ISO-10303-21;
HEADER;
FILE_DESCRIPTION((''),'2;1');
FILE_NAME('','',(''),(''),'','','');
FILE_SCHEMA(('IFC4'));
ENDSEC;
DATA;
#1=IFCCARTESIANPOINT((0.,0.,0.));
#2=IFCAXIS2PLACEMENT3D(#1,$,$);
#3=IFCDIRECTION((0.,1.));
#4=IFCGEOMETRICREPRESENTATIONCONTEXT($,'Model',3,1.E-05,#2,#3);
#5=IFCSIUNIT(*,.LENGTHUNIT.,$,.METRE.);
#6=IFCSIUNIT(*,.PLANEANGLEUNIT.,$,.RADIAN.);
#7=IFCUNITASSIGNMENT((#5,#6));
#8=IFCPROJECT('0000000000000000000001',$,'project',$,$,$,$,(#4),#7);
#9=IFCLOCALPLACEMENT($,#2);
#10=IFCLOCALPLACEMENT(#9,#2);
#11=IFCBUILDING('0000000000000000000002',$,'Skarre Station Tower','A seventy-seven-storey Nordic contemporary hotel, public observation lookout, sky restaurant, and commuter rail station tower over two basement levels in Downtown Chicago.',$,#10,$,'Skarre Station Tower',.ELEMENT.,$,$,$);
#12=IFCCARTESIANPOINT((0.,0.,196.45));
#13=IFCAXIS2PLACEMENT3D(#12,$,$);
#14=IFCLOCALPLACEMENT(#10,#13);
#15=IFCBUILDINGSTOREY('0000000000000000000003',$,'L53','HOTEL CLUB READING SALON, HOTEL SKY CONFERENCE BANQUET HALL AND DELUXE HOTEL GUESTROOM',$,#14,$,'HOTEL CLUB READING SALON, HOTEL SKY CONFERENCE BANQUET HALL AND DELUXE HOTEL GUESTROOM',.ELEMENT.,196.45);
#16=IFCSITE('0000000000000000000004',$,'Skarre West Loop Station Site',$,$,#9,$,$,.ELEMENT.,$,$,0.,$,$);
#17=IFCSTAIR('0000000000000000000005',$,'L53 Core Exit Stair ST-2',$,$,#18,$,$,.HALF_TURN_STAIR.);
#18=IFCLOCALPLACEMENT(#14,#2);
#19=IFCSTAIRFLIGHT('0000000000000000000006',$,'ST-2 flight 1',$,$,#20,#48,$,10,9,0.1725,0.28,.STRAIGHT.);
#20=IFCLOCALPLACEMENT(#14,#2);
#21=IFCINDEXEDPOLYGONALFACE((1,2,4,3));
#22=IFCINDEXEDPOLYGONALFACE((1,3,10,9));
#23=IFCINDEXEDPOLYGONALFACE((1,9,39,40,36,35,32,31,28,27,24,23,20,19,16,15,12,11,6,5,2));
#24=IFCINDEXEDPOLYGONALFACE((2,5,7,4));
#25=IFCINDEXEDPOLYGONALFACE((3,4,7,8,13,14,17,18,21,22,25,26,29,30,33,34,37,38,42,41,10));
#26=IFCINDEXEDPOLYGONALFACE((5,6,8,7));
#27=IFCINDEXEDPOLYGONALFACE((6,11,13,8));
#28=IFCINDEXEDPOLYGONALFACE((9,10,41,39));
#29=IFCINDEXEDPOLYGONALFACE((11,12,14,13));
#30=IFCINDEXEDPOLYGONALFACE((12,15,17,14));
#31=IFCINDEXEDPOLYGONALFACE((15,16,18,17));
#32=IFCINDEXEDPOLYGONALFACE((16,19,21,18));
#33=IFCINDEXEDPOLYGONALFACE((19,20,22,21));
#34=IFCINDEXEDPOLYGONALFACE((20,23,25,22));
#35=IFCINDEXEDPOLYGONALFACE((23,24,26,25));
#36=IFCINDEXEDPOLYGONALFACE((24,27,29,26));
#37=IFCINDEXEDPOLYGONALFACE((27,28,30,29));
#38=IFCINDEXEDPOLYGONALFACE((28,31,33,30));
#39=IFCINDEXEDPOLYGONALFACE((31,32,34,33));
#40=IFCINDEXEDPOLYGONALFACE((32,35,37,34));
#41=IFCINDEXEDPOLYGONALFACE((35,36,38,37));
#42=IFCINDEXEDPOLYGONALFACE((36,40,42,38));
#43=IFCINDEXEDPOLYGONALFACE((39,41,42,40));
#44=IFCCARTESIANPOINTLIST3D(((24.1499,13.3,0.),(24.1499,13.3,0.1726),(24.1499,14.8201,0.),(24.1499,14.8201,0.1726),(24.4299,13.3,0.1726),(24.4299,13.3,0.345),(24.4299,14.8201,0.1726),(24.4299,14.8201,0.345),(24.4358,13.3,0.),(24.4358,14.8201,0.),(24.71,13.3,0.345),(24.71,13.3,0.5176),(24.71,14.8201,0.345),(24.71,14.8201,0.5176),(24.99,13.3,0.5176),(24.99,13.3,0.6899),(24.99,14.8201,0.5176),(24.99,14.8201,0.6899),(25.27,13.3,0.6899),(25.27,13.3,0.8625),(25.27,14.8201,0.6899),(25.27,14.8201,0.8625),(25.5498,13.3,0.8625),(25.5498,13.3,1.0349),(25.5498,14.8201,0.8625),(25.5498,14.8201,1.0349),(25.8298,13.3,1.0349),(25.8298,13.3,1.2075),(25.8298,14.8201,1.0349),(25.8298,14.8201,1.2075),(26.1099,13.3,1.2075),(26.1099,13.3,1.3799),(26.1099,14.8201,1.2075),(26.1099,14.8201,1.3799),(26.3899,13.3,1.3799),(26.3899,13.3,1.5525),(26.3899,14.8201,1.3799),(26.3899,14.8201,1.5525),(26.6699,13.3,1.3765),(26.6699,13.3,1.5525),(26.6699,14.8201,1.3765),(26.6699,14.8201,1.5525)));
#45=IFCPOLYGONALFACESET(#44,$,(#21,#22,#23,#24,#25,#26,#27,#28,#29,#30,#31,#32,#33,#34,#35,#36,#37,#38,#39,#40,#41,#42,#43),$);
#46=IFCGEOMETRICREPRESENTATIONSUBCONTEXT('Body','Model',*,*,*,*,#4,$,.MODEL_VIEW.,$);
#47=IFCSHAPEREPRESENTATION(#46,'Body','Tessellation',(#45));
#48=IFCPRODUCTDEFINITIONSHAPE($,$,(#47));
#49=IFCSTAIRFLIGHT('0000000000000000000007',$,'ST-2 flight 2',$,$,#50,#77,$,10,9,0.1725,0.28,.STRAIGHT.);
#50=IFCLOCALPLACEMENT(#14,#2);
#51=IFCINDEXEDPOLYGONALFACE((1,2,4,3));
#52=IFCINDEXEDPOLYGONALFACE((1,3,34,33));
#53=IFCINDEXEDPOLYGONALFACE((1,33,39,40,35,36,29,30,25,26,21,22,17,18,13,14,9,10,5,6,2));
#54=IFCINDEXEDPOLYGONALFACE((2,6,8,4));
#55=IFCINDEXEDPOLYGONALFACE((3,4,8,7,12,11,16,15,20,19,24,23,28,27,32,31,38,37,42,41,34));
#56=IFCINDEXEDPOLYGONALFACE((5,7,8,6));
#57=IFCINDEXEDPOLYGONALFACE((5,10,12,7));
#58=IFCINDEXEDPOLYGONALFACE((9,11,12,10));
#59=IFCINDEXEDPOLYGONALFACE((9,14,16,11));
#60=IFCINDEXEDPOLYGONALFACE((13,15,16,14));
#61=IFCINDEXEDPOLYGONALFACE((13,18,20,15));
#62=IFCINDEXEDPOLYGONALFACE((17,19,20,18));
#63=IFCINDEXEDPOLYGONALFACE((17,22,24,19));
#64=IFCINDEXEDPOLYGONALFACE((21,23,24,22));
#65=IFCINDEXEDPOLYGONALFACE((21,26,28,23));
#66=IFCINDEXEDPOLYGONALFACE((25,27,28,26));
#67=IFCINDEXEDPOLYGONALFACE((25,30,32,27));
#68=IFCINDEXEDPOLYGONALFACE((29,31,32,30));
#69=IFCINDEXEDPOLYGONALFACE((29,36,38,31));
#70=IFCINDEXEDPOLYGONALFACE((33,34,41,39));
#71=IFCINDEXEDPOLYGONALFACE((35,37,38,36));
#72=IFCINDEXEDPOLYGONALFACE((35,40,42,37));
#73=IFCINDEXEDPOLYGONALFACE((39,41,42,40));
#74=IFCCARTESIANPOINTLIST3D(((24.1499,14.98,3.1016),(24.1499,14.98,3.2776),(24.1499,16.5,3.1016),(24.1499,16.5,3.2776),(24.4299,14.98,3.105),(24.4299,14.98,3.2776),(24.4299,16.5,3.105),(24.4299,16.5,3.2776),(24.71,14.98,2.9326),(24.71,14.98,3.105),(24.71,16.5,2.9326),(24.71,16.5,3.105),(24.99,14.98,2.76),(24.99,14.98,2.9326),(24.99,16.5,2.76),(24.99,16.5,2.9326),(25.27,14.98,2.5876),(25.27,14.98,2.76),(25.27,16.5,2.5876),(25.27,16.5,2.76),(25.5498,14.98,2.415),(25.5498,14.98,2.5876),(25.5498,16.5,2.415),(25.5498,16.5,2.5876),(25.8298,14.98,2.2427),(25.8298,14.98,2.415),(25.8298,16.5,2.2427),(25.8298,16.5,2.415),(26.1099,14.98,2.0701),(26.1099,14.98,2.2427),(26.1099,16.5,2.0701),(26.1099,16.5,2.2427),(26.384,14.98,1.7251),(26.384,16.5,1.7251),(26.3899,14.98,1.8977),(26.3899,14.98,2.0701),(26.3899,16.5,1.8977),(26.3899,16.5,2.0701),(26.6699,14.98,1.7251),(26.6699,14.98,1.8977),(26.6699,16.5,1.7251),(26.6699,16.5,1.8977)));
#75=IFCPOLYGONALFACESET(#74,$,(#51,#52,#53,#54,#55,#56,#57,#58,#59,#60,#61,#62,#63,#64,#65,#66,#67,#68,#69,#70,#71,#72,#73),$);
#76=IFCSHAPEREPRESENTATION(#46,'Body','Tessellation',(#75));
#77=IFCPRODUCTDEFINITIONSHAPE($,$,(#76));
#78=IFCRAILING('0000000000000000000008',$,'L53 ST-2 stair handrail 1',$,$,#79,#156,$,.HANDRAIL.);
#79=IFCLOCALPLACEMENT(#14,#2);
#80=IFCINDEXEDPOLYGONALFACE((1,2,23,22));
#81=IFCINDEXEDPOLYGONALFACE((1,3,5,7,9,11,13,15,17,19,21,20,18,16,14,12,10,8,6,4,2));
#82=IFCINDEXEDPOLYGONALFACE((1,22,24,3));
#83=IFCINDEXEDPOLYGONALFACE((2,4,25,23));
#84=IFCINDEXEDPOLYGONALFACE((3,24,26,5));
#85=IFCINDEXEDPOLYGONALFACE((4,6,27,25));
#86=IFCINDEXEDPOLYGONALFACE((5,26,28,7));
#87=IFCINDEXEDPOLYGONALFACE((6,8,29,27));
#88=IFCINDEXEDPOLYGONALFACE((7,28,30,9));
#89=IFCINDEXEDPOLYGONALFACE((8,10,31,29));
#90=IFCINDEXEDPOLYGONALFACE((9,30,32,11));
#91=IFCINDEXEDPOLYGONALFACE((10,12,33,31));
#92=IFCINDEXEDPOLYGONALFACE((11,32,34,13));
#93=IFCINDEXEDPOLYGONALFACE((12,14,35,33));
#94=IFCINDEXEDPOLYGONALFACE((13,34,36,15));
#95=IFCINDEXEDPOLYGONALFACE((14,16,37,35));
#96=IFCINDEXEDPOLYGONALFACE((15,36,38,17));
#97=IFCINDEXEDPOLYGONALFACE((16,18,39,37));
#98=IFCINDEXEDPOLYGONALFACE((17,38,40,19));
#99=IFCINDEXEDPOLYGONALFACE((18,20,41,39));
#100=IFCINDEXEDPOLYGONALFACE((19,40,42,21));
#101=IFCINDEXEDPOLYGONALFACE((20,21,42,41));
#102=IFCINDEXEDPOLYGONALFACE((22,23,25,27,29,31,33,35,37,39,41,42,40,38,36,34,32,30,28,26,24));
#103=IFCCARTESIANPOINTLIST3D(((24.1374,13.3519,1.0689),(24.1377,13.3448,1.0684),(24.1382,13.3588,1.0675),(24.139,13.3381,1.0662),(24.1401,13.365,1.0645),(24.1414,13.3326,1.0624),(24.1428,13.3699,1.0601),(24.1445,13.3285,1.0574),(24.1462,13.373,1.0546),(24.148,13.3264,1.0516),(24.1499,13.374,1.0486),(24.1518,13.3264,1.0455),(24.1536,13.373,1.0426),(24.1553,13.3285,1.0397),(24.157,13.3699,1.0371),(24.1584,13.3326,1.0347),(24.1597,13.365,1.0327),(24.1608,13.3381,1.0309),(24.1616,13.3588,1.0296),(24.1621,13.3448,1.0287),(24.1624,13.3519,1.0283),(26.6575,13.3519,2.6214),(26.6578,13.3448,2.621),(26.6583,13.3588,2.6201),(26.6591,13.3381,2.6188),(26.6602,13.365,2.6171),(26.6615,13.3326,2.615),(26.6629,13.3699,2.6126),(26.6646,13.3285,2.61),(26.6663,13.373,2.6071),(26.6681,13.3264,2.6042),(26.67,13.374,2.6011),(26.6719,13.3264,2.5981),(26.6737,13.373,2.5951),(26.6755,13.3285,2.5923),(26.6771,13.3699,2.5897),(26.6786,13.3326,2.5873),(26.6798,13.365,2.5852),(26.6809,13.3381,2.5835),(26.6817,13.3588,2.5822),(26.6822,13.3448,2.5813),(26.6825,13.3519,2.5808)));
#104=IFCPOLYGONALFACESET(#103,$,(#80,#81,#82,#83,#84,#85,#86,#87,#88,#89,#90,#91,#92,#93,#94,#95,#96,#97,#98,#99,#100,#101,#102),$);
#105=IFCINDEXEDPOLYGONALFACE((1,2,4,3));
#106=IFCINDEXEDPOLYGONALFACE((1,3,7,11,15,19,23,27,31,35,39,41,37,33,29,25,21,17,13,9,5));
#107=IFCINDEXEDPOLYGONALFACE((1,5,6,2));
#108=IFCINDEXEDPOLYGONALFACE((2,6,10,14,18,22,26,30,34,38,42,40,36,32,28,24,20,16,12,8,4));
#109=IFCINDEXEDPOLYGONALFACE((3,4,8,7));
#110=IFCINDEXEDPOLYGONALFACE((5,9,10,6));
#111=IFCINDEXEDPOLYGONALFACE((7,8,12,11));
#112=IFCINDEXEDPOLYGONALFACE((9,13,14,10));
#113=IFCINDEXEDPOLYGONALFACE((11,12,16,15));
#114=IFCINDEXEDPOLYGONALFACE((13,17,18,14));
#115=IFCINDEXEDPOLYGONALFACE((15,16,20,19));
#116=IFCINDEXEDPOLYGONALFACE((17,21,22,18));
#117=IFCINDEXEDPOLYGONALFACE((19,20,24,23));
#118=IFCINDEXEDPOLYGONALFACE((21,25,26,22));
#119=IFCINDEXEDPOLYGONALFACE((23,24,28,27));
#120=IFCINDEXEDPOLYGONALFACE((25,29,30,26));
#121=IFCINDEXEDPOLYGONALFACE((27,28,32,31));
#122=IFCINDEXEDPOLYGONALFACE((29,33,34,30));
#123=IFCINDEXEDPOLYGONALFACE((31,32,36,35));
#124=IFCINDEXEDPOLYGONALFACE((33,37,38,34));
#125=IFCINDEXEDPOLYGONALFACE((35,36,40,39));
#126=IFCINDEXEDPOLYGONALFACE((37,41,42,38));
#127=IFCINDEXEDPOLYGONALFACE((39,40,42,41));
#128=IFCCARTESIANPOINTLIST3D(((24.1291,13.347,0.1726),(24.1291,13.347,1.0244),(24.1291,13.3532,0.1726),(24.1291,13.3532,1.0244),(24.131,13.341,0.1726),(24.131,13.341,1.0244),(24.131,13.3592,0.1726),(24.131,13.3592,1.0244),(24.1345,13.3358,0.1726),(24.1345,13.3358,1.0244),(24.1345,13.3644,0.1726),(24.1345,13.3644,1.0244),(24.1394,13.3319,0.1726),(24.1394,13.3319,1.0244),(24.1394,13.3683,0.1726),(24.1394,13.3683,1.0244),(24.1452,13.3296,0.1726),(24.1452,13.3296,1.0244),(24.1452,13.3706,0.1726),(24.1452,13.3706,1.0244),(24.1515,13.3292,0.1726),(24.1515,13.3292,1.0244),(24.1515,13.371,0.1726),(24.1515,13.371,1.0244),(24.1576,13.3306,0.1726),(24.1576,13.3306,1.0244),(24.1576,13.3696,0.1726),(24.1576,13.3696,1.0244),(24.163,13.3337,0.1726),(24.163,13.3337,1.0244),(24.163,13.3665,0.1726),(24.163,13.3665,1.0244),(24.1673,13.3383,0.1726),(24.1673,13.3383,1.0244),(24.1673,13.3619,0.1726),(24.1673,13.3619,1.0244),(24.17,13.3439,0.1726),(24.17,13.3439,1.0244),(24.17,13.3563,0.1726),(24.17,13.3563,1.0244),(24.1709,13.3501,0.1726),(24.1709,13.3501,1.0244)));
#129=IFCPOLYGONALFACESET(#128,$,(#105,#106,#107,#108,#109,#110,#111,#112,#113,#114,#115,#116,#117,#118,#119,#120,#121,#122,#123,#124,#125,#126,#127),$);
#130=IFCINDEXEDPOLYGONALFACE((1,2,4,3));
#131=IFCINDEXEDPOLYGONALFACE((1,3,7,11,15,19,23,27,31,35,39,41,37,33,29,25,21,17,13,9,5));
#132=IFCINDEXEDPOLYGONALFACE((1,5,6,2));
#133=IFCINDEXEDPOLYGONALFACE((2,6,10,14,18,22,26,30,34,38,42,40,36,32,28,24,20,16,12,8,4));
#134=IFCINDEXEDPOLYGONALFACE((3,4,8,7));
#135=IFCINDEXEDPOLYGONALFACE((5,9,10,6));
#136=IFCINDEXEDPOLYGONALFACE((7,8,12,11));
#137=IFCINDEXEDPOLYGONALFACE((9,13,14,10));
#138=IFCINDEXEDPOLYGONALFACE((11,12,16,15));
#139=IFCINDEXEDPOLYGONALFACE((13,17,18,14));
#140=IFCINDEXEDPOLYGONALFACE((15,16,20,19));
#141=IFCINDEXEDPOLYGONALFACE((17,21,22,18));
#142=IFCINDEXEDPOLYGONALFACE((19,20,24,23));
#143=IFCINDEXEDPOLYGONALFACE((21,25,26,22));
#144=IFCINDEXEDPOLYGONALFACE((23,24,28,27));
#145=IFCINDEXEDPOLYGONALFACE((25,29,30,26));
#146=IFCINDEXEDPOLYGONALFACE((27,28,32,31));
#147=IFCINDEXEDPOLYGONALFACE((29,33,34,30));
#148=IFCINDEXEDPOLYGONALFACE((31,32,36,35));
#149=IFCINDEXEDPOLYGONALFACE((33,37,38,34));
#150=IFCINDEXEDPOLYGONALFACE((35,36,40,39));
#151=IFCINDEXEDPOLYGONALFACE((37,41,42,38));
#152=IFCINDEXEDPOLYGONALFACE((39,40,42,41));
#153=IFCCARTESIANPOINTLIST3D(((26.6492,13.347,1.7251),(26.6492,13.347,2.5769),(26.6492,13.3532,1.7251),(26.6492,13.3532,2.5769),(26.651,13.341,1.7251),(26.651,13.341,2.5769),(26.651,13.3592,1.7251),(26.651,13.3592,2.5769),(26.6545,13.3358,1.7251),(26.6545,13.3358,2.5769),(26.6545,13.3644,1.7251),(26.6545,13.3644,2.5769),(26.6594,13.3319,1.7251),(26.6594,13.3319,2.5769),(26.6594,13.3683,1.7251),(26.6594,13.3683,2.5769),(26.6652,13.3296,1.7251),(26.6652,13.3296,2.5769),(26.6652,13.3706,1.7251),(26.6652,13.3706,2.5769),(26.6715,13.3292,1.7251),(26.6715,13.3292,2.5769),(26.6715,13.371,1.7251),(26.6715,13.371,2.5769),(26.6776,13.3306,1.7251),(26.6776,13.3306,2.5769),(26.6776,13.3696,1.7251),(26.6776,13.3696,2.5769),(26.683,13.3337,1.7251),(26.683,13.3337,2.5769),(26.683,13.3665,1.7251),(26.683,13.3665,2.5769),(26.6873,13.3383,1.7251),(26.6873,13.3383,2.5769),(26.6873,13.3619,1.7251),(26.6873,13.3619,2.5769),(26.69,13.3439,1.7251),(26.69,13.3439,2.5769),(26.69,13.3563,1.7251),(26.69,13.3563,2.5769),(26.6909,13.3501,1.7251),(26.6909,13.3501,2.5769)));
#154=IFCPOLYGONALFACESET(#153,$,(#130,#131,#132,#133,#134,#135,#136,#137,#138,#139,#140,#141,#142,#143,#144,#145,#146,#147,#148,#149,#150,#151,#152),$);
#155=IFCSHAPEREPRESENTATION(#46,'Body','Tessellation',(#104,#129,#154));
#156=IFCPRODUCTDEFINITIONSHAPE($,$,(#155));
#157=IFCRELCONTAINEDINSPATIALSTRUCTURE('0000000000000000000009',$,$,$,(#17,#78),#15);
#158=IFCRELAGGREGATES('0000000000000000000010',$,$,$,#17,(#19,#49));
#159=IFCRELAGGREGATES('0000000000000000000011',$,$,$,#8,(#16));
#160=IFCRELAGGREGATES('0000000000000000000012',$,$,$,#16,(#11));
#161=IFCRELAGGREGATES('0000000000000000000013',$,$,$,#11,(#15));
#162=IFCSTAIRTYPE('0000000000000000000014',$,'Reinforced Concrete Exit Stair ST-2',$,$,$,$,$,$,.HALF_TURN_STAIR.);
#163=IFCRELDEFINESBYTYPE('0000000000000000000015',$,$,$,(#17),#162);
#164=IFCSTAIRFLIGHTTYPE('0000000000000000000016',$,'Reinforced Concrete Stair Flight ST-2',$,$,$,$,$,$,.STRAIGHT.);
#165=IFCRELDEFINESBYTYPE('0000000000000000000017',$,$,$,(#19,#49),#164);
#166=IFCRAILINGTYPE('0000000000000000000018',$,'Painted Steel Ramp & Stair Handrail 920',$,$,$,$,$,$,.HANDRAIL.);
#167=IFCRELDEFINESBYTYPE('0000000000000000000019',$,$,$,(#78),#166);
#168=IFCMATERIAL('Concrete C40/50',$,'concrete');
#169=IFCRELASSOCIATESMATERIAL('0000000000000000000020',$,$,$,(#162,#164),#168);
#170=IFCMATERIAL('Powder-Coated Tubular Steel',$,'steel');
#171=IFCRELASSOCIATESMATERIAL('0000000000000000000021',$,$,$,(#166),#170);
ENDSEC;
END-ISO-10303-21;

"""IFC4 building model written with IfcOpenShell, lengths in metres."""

from ifc_helpers import new_model, si_unit, direction, frame, origin, origin_2d, place, context, subcontext, project, spatial, polyline, circle, outline, extrude, material, type_object, element, aggregate, save


model = new_model("IFC4")

# Units and contexts
model_context = context("Model", 3, precision=1e-05, world=origin(), true_north=direction((0.0, 1.0)))
body_context = subcontext(model_context, "Body", "Model", "MODEL_VIEW")
ifc_project = project(units=[si_unit("LENGTHUNIT", "METRE"), si_unit("PLANEANGLEUNIT", "RADIAN")], contexts=[model_context])

# Site, building, storey
site_placement = place(None, origin())
site = spatial("IfcSite", under=ifc_project, at=site_placement, Name="Skarre West Loop Station Site", CompositionType="ELEMENT", RefElevation=0.0)
building_placement = place(site_placement, origin())
building = spatial("IfcBuilding", under=site, at=building_placement, Name="Skarre Station Tower", Description="A seventy-seven-storey Nordic contemporary hotel, public observation lookout, sky restaurant, and commuter rail station tower over two basement levels in Downtown Chicago.", LongName="Skarre Station Tower", CompositionType="ELEMENT")
storey_placement = place(building_placement, frame((0.0, 0.0, 196.45)))
storey = spatial("IfcBuildingStorey", under=building, at=storey_placement, Name="L53", Description="HOTEL CLUB READING SALON, HOTEL SKY CONFERENCE BANQUET HALL AND DELUXE HOTEL GUESTROOM", LongName="HOTEL CLUB READING SALON, HOTEL SKY CONFERENCE BANQUET HALL AND DELUXE HOTEL GUESTROOM", CompositionType="ELEMENT", Elevation=196.45)

# Stair, stair flights
ifc_material_1 = material(Name="Concrete C40/50", Category="concrete")
stair_type = type_object("IfcStairType", Name="Reinforced Concrete Exit Stair ST-2", PredefinedType="HALF_TURN_STAIR", material=ifc_material_1)
stair_placement = place(storey_placement, origin())
stair = element("IfcStair", 1, at=stair_placement, inside=storey, type_object=stair_type, Name="L53 Core Exit Stair ST-2", PredefinedType="HALF_TURN_STAIR")
stair_flight_type = type_object("IfcStairFlightType", Name="Reinforced Concrete Stair Flight ST-2", PredefinedType="STRAIGHT", material=ifc_material_1)
stair_flight_1_placement = place(storey_placement, frame((24.1499, 14.0601, 0.0), z_axis=(0.0, 0.0, 1.0), x_axis=(1.0, 0.0, 0.0)))
stair_flight_1 = element("IfcStairFlight", 2, at=stair_flight_1_placement, type_object=stair_flight_type, Name="ST-2 flight 1", NumberOfRisers=10, NumberOfTreads=9, PredefinedType="STRAIGHT", RiserHeight=0.1725, TreadLength=0.28, context=body_context, shape_type="SweptSolid", body=[
    extrude(outline(polyline([(0.0, 0.0), (0.0, 0.1726), (0.28, 0.1726), (0.28, 0.345), (0.5601, 0.345), (0.5601, 0.5176), (0.8401, 0.5176), (0.8401, 0.6899), (1.1201, 0.6899), (1.1201, 0.8625), (1.3999, 0.8625), (1.3999, 1.0349), (1.6799, 1.0349), (1.6799, 1.2075), (1.96, 1.2075), (1.96, 1.3799), (2.24, 1.3799), (2.24, 1.5525), (2.52, 1.5525), (2.52, 1.7251), (2.52, 1.3765), (0.2859, 0.0), (0.0, 0.0)])), frame((0.0, 0.76, 0.0), z_axis=(0.0, -1.0, 0.0), x_axis=(1.0, 0.0, 0.0)), (0.0, 0.0, 1.0), 1.52),
])
stair_flight_2_placement = place(storey_placement, frame((26.6699, 15.74, 1.7251), z_axis=(0.0, 0.0, 1.0), x_axis=(-1.0, 0.0, 0.0)))
stair_flight_2 = element("IfcStairFlight", 3, at=stair_flight_2_placement, type_object=stair_flight_type, Name="ST-2 flight 2", NumberOfRisers=10, NumberOfTreads=9, PredefinedType="STRAIGHT", RiserHeight=0.1725, TreadLength=0.28, context=body_context, shape_type="SweptSolid", body=[
    extrude(outline(polyline([(0.0, 0.0), (0.0, 0.1726), (0.28, 0.1726), (0.28, 0.345), (0.5601, 0.345), (0.5601, 0.5176), (0.8401, 0.5176), (0.8401, 0.6899), (1.1201, 0.6899), (1.1201, 0.8625), (1.3999, 0.8625), (1.3999, 1.0349), (1.6799, 1.0349), (1.6799, 1.2075), (1.96, 1.2075), (1.96, 1.3799), (2.24, 1.3799), (2.24, 1.5525), (2.52, 1.5525), (2.52, 1.7251), (2.52, 1.3765), (0.2859, 0.0), (0.0, 0.0)])), frame((0.0, 0.76, 0.0), z_axis=(0.0, -1.0, 0.0), x_axis=(1.0, 0.0, 0.0)), (0.0, 0.0, 1.0), 1.52),
])
aggregate(stair, [stair_flight_1, stair_flight_2])

# Railing
ifc_material_2 = material(Name="Powder-Coated Tubular Steel", Category="steel")
railing_type_1 = type_object("IfcRailingType", Name="Painted Steel Ramp & Stair Handrail 920", PredefinedType="HANDRAIL", material=ifc_material_2)
railing_1_placement = place(storey_placement, frame((24.1499, 13.3501, 0.1726)))
element("IfcRailing", 4, at=railing_1_placement, inside=storey, type_object=railing_type_1, Name="L53 ST-2 stair handrail 1", PredefinedType="HANDRAIL", context=body_context, shape_type="SweptSolid", body=[
    extrude(circle(Radius=0.0239, at=origin_2d()), frame((0.0, 0.0, 0.876), z_axis=(0.8514, 0.0, 0.524516), x_axis=(0.0, 1.0, 0.0)), (0.0, 0.0, 1.0), 2.96),
    extrude(circle(Radius=0.021, at=origin_2d()), origin(), (0.0, 0.0, 1.0), 0.8518),
    extrude(circle(Radius=0.021, at=origin_2d()), frame((2.52, 0.0, 1.5525)), (0.0, 0.0, 1.0), 0.8518),
])

save(model, "model.ifc")
